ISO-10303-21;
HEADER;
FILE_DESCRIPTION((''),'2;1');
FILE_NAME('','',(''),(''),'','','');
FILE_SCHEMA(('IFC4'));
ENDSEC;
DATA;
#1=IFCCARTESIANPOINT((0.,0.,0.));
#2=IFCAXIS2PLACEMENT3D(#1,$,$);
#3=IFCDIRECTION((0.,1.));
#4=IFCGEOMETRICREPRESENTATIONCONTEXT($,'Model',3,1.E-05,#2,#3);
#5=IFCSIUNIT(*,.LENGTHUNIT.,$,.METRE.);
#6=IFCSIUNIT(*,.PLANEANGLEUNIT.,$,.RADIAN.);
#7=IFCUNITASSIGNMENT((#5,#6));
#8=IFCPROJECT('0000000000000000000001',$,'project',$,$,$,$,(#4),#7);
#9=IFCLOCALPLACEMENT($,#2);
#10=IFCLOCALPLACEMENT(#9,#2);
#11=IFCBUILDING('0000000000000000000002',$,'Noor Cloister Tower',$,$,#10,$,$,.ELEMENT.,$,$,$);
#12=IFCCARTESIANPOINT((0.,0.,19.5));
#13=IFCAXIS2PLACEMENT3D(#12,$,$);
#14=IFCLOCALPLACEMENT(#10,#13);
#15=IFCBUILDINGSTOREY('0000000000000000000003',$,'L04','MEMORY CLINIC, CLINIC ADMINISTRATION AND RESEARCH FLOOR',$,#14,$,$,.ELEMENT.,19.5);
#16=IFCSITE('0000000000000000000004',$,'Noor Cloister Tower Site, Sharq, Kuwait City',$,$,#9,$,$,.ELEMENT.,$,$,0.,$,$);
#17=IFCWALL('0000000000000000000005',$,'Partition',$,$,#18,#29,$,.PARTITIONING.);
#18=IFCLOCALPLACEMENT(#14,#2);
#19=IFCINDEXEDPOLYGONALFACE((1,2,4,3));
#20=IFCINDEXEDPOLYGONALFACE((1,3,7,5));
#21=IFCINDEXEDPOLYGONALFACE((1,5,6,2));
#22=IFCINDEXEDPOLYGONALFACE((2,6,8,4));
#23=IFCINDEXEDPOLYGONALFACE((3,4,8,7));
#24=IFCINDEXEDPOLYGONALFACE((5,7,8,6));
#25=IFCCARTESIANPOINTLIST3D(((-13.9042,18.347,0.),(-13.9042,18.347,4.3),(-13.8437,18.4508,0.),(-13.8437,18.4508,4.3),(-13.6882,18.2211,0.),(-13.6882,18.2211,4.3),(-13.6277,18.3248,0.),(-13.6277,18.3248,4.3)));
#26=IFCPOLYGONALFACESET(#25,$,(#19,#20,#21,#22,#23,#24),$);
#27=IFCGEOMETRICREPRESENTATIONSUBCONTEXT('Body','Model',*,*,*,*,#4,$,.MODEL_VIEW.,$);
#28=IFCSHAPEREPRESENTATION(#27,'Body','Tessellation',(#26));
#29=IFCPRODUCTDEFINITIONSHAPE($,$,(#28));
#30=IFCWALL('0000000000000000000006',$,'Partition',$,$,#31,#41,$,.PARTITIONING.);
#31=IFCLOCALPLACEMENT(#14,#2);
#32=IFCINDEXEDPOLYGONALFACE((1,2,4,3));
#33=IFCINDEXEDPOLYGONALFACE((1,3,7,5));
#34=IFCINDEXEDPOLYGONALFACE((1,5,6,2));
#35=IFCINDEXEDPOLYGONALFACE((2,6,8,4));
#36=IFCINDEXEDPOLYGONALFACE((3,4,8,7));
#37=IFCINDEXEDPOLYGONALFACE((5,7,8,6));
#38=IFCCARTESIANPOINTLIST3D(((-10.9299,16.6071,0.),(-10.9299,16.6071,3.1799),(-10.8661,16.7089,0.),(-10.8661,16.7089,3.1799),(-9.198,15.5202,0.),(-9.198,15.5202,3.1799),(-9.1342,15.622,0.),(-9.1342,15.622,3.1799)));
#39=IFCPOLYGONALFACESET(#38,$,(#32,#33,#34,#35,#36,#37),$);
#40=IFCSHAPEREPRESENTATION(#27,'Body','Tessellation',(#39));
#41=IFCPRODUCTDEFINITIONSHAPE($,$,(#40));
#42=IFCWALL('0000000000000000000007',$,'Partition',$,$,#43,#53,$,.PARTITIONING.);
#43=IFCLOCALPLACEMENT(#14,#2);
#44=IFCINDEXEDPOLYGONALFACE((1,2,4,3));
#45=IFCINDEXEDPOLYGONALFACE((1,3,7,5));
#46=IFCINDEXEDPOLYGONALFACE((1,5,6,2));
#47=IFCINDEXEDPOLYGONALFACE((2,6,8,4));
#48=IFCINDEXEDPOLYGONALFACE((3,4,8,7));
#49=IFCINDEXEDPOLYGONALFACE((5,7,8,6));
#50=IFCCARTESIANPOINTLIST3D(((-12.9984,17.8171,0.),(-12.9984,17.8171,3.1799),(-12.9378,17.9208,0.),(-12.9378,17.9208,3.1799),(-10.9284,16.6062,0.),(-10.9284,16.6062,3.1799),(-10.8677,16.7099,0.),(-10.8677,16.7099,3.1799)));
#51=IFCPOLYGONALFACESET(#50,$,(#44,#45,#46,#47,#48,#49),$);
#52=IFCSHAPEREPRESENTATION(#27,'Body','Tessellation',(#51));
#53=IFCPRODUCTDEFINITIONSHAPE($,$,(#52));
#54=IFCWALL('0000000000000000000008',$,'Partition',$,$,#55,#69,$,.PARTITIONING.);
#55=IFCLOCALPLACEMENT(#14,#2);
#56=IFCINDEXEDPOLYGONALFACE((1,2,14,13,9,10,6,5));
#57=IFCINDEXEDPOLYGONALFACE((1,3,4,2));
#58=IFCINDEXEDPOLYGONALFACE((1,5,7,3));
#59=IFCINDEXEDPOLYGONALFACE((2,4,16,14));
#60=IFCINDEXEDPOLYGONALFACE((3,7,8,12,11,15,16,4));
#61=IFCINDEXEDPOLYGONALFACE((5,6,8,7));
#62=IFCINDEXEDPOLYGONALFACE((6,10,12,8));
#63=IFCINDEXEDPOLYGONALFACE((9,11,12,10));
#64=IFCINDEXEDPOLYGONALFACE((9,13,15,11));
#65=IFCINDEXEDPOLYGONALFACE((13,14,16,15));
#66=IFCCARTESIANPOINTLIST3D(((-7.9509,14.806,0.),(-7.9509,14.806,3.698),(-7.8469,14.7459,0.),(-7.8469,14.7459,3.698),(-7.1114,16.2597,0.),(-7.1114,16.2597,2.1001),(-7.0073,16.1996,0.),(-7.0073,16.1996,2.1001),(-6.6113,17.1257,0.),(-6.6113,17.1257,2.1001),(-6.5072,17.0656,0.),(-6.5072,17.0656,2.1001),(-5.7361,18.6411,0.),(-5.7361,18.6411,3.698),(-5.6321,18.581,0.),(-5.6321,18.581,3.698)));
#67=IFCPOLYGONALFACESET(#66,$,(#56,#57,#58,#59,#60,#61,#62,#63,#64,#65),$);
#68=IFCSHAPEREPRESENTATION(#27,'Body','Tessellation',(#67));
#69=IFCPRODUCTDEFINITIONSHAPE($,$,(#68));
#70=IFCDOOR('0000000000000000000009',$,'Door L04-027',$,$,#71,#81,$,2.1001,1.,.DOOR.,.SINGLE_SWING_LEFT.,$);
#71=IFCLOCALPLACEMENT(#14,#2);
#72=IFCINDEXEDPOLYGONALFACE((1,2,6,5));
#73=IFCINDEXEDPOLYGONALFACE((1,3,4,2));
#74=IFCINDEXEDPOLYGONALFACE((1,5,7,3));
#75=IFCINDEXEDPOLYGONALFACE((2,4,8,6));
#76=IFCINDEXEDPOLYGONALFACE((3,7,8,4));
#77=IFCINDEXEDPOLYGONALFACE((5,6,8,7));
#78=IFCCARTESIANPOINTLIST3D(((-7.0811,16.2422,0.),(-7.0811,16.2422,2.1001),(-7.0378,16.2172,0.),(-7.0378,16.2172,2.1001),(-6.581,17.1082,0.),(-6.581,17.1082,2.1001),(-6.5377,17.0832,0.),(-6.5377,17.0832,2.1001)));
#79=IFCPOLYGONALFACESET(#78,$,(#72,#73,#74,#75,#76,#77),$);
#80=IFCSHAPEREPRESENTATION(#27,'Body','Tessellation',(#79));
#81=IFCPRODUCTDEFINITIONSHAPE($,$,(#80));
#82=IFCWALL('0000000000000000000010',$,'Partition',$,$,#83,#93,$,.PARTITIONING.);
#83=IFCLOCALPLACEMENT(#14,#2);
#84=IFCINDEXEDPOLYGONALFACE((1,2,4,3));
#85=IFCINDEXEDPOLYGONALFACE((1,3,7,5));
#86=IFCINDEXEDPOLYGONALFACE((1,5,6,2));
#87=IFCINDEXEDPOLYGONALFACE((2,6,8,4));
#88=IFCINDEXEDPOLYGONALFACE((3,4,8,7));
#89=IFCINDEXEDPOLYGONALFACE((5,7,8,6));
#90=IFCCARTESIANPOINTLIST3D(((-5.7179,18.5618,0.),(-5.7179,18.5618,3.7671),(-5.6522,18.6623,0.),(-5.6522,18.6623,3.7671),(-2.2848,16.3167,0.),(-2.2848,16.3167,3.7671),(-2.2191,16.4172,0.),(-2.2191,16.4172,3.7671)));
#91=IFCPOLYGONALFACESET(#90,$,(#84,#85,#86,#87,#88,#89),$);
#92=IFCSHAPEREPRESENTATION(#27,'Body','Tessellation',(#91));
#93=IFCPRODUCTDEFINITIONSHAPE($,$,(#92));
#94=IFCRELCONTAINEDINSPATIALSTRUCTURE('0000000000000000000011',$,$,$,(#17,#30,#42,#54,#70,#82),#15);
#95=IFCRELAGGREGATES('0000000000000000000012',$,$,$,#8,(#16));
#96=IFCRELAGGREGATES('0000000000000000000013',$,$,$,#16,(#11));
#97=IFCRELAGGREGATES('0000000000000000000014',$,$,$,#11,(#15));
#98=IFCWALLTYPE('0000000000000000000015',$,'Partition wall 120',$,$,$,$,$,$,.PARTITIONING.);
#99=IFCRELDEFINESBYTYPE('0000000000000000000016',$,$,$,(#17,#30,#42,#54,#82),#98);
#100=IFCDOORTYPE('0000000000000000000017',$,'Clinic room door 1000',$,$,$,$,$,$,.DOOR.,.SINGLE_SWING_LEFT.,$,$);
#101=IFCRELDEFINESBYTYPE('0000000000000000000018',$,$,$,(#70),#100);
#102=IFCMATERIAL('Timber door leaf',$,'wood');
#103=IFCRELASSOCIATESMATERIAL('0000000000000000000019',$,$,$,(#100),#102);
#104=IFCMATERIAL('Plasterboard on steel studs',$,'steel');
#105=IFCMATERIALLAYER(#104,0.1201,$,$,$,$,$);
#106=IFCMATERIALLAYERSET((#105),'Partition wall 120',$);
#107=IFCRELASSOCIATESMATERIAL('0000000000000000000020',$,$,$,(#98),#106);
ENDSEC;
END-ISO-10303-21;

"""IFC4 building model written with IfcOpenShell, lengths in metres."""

from ifc_helpers import new_model, si_unit, direction, frame, frame_2d, origin, place, context, subcontext, project, spatial, rectangle, extrude, material, layer, layer_set, type_object, element, fill, save


model = new_model("IFC4")

# Units and contexts
model_context = context("Model", 3, precision=1e-05, world=origin(), true_north=direction((0.0, 1.0)))
body_context = subcontext(model_context, "Body", "Model", "MODEL_VIEW")
ifc_project = project(units=[si_unit("LENGTHUNIT", "METRE"), si_unit("PLANEANGLEUNIT", "RADIAN")], contexts=[model_context])

# Site, building, storey
site_placement = place(None, origin())
site = spatial("IfcSite", under=ifc_project, at=site_placement, Name="Noor Cloister Tower Site, Sharq, Kuwait City", CompositionType="ELEMENT", RefElevation=0.0)
building_placement = place(site_placement, origin())
building = spatial("IfcBuilding", under=site, at=building_placement, Name="Noor Cloister Tower", CompositionType="ELEMENT")
storey_placement = place(building_placement, frame((0.0, 0.0, 19.5)))
storey = spatial("IfcBuildingStorey", under=building, at=storey_placement, Name="L04", Description="MEMORY CLINIC, CLINIC ADMINISTRATION AND RESEARCH FLOOR", CompositionType="ELEMENT", Elevation=19.5)

# Shared definitions
ifc_material_1 = material(Name="Timber door leaf", Category="wood")
door_type = type_object("IfcDoorType", Name="Clinic room door 1000", OperationType="SINGLE_SWING_LEFT", PredefinedType="DOOR", material=ifc_material_1)

# Shared definitions
ifc_material_2 = material(Name="Plasterboard on steel studs", Category="steel")
ifc_layer_1 = layer(ifc_material_2, 0.1201)
ifc_layer_set_1 = layer_set([ifc_layer_1], Name="Partition wall 120")
wall_type_1 = type_object("IfcWallType", Name="Partition wall 120", PredefinedType="PARTITIONING", material=ifc_layer_set_1)

# Walls
wall_1_placement = place(storey_placement, frame((-13.658, 18.2729, 0.0), z_axis=(0.0, 0.0, 1.0), x_axis=(-0.863885, 0.503689, 0.0)))
element("IfcWall", 1, at=wall_1_placement, inside=storey, type_object=wall_type_1, Name="Partition", PredefinedType="PARTITIONING", context=body_context, shape_type="SweptSolid", body=[
    extrude(rectangle(XDim=0.25, YDim=0.1201, at=frame_2d((0.125, 0.0))), origin(), (0.0, 0.0, 1.0), 4.3),
])
wall_2_placement = place(storey_placement, frame((-9.166, 15.571, 0.0), z_axis=(0.0, 0.0, 1.0), x_axis=(-0.847018, 0.531565, 0.0)))
element("IfcWall", 2, at=wall_2_placement, inside=storey, type_object=wall_type_1, Name="Partition", PredefinedType="PARTITIONING", context=body_context, shape_type="SweptSolid", body=[
    extrude(rectangle(XDim=2.0447, YDim=0.1201, at=frame_2d((1.0225, 0.0))), origin(), (0.0, 0.0, 1.0), 3.1799),
])
wall_3_placement = place(storey_placement, frame((-10.8979, 16.658, 0.0), z_axis=(0.0, 0.0, 1.0), x_axis=(-0.863162, 0.504928, 0.0)))
element("IfcWall", 3, at=wall_3_placement, inside=storey, type_object=wall_type_1, Name="Partition", PredefinedType="PARTITIONING", context=body_context, shape_type="SweptSolid", body=[
    extrude(rectangle(XDim=2.3982, YDim=0.1201, at=frame_2d((1.1992, 0.0))), origin(), (0.0, 0.0, 1.0), 3.1799),
])

# Wall, opening, door
wall_4_placement = place(storey_placement, frame((-5.6841, 18.6111, 0.0), z_axis=(0.0, 0.0, 1.0), x_axis=(-0.500099, -0.865968, 0.0)))
wall_4 = element("IfcWall", 4, at=wall_4_placement, inside=storey, type_object=wall_type_1, Name="Partition", PredefinedType="PARTITIONING", context=body_context, shape_type="SweptSolid", body=[
    extrude(rectangle(XDim=4.4287, YDim=0.1201, at=frame_2d((2.2144, 0.0))), origin(), (0.0, 0.0, 1.0), 3.698),
])
opening_1_placement = place(wall_4_placement, frame((1.75, 0.0, 0.0)))
opening_1 = element("IfcOpeningElement", 5, at=opening_1_placement, cuts=wall_4, PredefinedType="OPENING", context=body_context, shape_type="SweptSolid", body=[
    extrude(rectangle(XDim=1.0, YDim=2.1001, at=frame_2d((0.5, 1.05))), frame((0.0, 0.0701, 0.0), z_axis=(0.0, -1.0, 0.0), x_axis=(1.0, 0.0, 0.0)), (0.0, 0.0, 1.0), 0.1401),
])
door_1_placement = place(opening_1_placement, origin())
door_1 = element("IfcDoor", 6, at=door_1_placement, inside=storey, type_object=door_type, Name="Door L04-027", OperationType="SINGLE_SWING_LEFT", OverallHeight=2.1001, OverallWidth=1.0, PredefinedType="DOOR", context=body_context, shape_type="SweptSolid", body=[
    extrude(rectangle(XDim=1.0, YDim=2.1001, at=frame_2d((0.5, 1.05))), frame((0.0, 0.0249, 0.0), z_axis=(0.0, -1.0, 0.0), x_axis=(1.0, 0.0, 0.0)), (0.0, 0.0, 1.0), 0.05),
])
fill(opening_1, door_1)

# Wall
wall_5_placement = place(storey_placement, frame((-2.252, 16.3669, 0.0), z_axis=(0.0, 0.0, 1.0), x_axis=(-0.836926, 0.547317, 0.0)))
element("IfcWall", 7, at=wall_5_placement, inside=storey, type_object=wall_type_1, Name="Partition", PredefinedType="PARTITIONING", context=body_context, shape_type="SweptSolid", body=[
    extrude(rectangle(XDim=4.1021, YDim=0.1201, at=frame_2d((2.051, 0.0))), origin(), (0.0, 0.0, 1.0), 3.7671),
])

save(model, "model.ifc")
